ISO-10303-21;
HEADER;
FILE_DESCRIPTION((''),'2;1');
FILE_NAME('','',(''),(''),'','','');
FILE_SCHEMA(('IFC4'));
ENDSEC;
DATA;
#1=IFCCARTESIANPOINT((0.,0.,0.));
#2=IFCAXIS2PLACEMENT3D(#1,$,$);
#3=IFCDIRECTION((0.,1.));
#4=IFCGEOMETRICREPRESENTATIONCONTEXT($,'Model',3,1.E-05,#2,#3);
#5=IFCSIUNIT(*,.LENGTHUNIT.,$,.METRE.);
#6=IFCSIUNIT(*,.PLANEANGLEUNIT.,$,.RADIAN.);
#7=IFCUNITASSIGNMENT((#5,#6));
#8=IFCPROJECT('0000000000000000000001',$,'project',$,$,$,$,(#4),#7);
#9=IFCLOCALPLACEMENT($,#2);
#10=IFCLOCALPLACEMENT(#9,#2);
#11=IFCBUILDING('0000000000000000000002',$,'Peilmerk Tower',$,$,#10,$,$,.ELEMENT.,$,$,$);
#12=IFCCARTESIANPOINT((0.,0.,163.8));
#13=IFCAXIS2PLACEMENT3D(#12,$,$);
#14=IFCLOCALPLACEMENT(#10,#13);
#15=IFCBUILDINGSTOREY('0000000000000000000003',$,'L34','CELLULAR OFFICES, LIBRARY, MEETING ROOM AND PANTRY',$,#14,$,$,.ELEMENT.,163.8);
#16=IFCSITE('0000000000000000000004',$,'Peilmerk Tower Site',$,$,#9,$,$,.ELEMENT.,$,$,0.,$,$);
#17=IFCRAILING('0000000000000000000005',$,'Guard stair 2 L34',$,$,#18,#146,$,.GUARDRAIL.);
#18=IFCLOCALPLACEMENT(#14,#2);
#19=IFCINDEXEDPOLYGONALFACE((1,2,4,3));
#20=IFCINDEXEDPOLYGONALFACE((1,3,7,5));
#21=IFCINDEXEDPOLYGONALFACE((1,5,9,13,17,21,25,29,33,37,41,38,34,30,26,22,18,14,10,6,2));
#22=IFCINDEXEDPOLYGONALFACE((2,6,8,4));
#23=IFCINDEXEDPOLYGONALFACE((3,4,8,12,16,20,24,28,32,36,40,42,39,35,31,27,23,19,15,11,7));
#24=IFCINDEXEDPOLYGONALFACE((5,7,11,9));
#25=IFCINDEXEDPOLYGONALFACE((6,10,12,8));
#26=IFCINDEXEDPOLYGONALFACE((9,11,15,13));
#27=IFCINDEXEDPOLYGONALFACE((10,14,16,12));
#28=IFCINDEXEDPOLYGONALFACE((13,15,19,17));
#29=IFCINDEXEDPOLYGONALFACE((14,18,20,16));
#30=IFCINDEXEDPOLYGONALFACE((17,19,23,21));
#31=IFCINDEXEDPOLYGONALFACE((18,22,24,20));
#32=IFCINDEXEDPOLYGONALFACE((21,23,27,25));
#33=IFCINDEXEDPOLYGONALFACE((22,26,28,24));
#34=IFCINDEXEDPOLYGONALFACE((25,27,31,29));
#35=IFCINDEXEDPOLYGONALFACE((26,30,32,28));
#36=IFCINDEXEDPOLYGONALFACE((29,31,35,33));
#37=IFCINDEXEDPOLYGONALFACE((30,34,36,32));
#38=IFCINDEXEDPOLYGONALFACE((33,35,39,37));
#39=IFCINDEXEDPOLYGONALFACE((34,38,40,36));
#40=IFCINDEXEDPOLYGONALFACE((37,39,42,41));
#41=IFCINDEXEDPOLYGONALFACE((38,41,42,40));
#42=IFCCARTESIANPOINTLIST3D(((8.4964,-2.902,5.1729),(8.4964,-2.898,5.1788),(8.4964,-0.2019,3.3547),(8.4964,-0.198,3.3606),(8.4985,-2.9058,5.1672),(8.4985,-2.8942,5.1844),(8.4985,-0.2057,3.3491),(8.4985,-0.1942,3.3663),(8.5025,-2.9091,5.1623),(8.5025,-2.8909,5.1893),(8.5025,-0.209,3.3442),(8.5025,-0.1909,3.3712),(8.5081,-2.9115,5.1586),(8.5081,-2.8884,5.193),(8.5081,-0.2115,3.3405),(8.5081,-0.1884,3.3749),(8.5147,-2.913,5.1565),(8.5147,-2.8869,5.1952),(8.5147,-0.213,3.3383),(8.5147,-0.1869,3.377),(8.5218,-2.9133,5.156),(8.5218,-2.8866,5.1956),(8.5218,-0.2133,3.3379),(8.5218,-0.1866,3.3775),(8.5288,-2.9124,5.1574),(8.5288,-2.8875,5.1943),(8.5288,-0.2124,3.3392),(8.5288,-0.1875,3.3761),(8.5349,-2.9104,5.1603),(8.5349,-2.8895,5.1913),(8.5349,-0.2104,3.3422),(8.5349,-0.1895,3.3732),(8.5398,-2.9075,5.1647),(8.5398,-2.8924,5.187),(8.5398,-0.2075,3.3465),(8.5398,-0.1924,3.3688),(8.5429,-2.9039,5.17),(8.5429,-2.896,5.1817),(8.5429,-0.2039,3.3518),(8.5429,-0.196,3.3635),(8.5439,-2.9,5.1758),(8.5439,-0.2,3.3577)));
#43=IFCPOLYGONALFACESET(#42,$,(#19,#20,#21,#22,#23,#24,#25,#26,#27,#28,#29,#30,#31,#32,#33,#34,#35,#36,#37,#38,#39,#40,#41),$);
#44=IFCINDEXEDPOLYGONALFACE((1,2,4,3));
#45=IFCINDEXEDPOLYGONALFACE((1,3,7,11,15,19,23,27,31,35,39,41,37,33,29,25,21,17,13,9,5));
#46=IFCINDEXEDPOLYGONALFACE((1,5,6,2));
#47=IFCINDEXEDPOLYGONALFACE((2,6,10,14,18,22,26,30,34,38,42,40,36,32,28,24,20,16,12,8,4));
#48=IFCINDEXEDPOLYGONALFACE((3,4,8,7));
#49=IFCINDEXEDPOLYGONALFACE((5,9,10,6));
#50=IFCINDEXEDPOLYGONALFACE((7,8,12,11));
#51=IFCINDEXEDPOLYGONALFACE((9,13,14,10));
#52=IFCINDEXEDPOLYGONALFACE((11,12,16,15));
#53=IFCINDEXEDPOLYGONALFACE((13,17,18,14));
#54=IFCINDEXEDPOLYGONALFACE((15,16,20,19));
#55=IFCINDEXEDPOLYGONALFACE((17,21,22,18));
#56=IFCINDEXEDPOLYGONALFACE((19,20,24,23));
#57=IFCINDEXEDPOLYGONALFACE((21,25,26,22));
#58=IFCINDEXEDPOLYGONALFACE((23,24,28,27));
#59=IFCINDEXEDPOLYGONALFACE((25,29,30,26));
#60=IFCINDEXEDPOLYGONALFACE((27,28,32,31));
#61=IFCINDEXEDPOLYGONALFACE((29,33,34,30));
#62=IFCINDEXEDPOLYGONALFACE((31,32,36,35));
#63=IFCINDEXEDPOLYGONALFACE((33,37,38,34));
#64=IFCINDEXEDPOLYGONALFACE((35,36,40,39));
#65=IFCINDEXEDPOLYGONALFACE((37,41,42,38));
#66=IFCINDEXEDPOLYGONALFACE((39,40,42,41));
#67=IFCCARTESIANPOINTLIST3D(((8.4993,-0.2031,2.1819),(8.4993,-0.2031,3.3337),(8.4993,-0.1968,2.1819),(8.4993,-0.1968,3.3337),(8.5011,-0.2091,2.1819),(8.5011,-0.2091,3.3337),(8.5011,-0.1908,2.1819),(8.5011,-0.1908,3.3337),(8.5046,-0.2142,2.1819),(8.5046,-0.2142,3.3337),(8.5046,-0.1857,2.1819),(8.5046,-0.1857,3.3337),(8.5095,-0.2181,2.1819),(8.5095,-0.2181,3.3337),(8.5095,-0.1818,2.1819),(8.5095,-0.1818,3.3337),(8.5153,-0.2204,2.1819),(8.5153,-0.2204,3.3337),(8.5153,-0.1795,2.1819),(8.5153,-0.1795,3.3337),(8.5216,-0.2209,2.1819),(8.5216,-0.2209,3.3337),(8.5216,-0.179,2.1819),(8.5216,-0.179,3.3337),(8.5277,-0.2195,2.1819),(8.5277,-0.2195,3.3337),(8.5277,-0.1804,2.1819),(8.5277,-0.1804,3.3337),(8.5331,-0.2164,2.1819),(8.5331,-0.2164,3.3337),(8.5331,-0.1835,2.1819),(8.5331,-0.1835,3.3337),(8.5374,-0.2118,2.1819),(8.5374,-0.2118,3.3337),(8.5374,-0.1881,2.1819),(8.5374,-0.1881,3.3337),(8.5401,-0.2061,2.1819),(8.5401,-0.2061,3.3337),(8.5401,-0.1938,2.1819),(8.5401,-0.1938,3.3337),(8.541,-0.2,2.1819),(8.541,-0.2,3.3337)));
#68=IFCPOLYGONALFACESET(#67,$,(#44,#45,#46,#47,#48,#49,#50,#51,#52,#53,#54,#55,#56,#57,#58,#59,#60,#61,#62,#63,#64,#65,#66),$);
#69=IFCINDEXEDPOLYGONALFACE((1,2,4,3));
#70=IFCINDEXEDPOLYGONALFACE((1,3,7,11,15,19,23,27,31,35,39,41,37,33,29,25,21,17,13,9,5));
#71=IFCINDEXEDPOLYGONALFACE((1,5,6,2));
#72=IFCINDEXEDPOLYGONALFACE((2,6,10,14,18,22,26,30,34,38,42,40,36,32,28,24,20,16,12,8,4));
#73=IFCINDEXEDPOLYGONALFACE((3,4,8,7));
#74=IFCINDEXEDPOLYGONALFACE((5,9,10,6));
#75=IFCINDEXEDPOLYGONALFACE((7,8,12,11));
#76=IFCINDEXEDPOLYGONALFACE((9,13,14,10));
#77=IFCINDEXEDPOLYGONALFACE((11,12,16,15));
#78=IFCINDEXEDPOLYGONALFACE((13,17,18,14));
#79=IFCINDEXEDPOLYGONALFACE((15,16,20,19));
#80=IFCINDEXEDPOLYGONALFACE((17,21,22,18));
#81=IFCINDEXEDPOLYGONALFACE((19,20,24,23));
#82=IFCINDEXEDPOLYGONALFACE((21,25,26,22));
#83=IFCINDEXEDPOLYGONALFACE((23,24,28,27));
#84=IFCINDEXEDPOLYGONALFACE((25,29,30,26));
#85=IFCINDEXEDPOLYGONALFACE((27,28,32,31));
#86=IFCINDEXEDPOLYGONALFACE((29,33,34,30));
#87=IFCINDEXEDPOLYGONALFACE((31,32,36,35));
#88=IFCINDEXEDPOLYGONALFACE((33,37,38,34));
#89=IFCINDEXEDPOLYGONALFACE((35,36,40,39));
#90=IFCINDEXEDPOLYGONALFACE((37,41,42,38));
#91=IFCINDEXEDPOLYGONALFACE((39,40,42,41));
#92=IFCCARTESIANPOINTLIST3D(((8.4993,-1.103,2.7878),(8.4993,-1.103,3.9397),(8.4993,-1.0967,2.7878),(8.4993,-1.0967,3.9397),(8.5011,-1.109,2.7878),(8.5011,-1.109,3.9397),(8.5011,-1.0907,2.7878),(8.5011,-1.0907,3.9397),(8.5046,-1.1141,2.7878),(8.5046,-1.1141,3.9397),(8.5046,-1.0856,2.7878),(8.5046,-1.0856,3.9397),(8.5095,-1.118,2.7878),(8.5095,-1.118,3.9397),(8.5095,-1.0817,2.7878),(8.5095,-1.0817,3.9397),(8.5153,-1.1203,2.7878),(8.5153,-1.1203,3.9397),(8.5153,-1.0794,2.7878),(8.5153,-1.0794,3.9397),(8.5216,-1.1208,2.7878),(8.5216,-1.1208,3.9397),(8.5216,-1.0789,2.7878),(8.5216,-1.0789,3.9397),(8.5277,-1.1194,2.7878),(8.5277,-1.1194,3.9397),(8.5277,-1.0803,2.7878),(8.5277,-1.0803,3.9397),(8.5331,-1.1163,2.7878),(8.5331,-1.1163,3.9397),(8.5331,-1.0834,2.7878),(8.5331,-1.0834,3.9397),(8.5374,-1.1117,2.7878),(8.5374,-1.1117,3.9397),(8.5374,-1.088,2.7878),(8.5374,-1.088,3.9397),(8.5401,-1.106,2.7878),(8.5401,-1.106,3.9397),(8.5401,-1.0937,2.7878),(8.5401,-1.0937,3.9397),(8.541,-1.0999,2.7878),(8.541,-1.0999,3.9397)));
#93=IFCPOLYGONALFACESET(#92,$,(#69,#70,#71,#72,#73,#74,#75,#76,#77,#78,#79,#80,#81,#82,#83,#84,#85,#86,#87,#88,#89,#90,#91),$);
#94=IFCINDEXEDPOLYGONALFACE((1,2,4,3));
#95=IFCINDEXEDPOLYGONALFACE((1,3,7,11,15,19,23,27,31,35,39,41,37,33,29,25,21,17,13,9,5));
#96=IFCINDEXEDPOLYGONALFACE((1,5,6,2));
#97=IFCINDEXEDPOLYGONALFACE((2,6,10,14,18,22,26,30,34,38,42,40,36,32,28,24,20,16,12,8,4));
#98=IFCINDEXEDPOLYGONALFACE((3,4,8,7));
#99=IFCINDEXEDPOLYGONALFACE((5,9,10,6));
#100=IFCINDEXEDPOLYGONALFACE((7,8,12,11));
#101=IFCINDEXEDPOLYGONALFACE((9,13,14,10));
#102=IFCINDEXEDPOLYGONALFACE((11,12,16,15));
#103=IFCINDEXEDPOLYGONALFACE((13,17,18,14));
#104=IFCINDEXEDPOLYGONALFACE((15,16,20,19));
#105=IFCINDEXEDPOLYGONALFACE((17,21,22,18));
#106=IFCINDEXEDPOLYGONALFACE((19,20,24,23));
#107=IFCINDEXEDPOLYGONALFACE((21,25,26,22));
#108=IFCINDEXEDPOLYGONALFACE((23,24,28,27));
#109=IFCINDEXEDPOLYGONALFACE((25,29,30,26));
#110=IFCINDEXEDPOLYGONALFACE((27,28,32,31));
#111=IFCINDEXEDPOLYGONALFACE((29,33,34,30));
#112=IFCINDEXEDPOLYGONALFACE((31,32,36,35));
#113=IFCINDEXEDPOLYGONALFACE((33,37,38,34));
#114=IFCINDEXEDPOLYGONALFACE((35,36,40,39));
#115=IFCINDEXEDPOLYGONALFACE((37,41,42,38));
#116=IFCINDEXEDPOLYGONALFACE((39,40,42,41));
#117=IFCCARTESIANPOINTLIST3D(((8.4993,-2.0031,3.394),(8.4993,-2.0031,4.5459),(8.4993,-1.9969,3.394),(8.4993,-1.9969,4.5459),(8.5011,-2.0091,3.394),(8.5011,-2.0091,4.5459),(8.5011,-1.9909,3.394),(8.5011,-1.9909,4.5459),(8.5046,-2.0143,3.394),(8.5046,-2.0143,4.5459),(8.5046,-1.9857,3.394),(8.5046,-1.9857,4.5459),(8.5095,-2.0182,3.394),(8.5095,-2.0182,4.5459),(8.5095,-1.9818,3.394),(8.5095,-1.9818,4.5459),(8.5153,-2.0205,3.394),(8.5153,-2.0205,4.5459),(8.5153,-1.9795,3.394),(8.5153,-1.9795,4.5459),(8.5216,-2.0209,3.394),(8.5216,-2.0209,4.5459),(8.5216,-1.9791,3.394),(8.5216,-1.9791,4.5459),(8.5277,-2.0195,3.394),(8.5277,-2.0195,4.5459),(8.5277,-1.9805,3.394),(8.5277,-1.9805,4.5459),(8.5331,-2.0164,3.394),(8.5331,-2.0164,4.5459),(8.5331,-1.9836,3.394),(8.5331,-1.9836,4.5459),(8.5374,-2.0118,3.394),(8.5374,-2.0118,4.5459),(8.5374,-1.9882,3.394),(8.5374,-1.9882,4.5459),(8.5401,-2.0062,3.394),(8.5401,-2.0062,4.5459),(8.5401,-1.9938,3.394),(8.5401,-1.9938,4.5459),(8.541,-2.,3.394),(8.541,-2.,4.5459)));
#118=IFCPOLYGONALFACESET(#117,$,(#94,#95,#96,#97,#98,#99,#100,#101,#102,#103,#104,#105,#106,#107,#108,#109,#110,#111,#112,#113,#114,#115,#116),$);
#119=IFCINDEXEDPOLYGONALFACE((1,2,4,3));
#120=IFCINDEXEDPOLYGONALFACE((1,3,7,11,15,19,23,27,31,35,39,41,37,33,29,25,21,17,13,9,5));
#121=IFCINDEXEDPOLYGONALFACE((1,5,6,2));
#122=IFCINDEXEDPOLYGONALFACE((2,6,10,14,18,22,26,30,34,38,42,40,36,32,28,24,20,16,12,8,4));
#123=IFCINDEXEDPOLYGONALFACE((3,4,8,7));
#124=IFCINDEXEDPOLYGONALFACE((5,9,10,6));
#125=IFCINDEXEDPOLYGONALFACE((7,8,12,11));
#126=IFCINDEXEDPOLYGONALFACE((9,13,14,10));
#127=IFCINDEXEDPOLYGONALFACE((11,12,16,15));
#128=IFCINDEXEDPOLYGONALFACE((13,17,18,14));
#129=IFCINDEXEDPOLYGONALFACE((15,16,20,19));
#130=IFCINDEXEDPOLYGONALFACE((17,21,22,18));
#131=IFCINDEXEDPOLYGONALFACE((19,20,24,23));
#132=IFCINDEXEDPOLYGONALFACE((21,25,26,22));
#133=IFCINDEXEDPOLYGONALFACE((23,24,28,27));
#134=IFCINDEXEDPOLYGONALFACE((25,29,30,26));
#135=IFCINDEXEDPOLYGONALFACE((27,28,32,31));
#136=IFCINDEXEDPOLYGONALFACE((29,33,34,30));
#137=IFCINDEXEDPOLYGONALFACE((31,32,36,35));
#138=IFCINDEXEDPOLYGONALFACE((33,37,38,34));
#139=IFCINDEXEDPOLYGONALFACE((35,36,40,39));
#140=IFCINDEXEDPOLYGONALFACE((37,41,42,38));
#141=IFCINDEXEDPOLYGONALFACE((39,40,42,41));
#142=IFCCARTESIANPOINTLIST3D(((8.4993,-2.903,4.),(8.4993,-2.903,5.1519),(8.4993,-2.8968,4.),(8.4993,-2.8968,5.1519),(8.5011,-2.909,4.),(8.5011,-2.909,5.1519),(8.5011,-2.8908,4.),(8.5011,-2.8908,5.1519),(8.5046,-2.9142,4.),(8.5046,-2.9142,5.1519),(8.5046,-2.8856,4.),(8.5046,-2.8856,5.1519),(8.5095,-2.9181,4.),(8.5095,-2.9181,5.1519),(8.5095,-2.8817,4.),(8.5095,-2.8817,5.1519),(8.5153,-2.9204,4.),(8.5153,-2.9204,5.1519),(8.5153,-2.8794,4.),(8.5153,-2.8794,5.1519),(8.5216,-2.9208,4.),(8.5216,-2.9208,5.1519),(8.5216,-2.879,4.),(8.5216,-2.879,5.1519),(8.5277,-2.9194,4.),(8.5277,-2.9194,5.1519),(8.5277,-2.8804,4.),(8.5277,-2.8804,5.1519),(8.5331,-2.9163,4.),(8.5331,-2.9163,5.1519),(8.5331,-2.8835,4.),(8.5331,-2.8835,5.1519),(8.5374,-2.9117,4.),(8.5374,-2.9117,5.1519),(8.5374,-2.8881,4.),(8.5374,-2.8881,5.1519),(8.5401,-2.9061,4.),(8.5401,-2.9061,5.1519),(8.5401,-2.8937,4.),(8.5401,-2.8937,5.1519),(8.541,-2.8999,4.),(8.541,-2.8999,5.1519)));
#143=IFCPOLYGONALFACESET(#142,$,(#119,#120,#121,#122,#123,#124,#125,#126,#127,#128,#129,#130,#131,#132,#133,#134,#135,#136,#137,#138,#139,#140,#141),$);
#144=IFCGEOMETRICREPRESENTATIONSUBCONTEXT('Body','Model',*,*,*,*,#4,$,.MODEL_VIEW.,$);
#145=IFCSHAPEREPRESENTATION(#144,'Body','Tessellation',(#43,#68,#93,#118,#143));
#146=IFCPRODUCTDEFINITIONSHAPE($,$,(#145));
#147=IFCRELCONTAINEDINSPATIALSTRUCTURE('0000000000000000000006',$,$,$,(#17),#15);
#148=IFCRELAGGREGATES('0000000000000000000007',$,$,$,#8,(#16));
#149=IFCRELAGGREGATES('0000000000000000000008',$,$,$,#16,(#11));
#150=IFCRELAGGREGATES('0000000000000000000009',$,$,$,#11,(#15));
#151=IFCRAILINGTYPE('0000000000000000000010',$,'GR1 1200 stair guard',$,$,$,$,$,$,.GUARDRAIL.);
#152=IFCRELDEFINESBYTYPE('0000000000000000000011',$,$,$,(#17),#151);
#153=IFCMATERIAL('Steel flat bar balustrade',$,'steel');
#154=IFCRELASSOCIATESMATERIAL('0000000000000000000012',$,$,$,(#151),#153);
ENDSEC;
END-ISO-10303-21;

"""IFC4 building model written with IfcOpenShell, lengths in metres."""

from ifc_helpers import new_model, si_unit, direction, frame, origin, origin_2d, place, context, subcontext, project, spatial, circle, extrude, material, type_object, element, save


model = new_model("IFC4")

# Units and contexts
model_context = context("Model", 3, precision=1e-05, world=origin(), true_north=direction((0.0, 1.0)))
body_context = subcontext(model_context, "Body", "Model", "MODEL_VIEW")
ifc_project = project(units=[si_unit("LENGTHUNIT", "METRE"), si_unit("PLANEANGLEUNIT", "RADIAN")], contexts=[model_context])

# Site, building, storey
site_placement = place(None, origin())
site = spatial("IfcSite", under=ifc_project, at=site_placement, Name="Peilmerk Tower Site", CompositionType="ELEMENT", RefElevation=0.0)
building_placement = place(site_placement, origin())
building = spatial("IfcBuilding", under=site, at=building_placement, Name="Peilmerk Tower", CompositionType="ELEMENT")
storey_placement = place(building_placement, frame((0.0, 0.0, 163.8)))
storey = spatial("IfcBuildingStorey", under=building, at=storey_placement, Name="L34", Description="CELLULAR OFFICES, LIBRARY, MEETING ROOM AND PANTRY", CompositionType="ELEMENT", Elevation=163.8)

# Railing
ifc_material_1 = material(Name="Steel flat bar balustrade", Category="steel")
railing_type_1 = type_object("IfcRailingType", Name="GR1 1200 stair guard", PredefinedType="GUARDRAIL", material=ifc_material_1)
railing_1_placement = place(storey_placement, frame((8.52, -0.2, 2.1819)))
element("IfcRailing", 1, at=railing_1_placement, inside=storey, type_object=railing_type_1, Name="Guard stair 2 L34", PredefinedType="GUARDRAIL", context=body_context, shape_type="SweptSolid", body=[
    extrude(circle(Radius=0.0239, at=origin_2d()), frame((0.0, 0.0, 1.1758), z_axis=(0.0, -0.829468, 0.558554), x_axis=(1.0, 0.0, 0.0)), (0.0, 0.0, 1.0), 3.2551),
    extrude(circle(Radius=0.021, at=origin_2d()), origin(), (0.0, 0.0, 1.0), 1.1519),
    extrude(circle(Radius=0.021, at=origin_2d()), frame((0.0, -0.8999, 0.606)), (0.0, 0.0, 1.0), 1.1519),
    extrude(circle(Radius=0.021, at=origin_2d()), frame((0.0, -1.8, 1.2122)), (0.0, 0.0, 1.0), 1.1519),
    extrude(circle(Radius=0.021, at=origin_2d()), frame((0.0, -2.7, 1.8181)), (0.0, 0.0, 1.0), 1.1519),
])

save(model, "model.ifc")
